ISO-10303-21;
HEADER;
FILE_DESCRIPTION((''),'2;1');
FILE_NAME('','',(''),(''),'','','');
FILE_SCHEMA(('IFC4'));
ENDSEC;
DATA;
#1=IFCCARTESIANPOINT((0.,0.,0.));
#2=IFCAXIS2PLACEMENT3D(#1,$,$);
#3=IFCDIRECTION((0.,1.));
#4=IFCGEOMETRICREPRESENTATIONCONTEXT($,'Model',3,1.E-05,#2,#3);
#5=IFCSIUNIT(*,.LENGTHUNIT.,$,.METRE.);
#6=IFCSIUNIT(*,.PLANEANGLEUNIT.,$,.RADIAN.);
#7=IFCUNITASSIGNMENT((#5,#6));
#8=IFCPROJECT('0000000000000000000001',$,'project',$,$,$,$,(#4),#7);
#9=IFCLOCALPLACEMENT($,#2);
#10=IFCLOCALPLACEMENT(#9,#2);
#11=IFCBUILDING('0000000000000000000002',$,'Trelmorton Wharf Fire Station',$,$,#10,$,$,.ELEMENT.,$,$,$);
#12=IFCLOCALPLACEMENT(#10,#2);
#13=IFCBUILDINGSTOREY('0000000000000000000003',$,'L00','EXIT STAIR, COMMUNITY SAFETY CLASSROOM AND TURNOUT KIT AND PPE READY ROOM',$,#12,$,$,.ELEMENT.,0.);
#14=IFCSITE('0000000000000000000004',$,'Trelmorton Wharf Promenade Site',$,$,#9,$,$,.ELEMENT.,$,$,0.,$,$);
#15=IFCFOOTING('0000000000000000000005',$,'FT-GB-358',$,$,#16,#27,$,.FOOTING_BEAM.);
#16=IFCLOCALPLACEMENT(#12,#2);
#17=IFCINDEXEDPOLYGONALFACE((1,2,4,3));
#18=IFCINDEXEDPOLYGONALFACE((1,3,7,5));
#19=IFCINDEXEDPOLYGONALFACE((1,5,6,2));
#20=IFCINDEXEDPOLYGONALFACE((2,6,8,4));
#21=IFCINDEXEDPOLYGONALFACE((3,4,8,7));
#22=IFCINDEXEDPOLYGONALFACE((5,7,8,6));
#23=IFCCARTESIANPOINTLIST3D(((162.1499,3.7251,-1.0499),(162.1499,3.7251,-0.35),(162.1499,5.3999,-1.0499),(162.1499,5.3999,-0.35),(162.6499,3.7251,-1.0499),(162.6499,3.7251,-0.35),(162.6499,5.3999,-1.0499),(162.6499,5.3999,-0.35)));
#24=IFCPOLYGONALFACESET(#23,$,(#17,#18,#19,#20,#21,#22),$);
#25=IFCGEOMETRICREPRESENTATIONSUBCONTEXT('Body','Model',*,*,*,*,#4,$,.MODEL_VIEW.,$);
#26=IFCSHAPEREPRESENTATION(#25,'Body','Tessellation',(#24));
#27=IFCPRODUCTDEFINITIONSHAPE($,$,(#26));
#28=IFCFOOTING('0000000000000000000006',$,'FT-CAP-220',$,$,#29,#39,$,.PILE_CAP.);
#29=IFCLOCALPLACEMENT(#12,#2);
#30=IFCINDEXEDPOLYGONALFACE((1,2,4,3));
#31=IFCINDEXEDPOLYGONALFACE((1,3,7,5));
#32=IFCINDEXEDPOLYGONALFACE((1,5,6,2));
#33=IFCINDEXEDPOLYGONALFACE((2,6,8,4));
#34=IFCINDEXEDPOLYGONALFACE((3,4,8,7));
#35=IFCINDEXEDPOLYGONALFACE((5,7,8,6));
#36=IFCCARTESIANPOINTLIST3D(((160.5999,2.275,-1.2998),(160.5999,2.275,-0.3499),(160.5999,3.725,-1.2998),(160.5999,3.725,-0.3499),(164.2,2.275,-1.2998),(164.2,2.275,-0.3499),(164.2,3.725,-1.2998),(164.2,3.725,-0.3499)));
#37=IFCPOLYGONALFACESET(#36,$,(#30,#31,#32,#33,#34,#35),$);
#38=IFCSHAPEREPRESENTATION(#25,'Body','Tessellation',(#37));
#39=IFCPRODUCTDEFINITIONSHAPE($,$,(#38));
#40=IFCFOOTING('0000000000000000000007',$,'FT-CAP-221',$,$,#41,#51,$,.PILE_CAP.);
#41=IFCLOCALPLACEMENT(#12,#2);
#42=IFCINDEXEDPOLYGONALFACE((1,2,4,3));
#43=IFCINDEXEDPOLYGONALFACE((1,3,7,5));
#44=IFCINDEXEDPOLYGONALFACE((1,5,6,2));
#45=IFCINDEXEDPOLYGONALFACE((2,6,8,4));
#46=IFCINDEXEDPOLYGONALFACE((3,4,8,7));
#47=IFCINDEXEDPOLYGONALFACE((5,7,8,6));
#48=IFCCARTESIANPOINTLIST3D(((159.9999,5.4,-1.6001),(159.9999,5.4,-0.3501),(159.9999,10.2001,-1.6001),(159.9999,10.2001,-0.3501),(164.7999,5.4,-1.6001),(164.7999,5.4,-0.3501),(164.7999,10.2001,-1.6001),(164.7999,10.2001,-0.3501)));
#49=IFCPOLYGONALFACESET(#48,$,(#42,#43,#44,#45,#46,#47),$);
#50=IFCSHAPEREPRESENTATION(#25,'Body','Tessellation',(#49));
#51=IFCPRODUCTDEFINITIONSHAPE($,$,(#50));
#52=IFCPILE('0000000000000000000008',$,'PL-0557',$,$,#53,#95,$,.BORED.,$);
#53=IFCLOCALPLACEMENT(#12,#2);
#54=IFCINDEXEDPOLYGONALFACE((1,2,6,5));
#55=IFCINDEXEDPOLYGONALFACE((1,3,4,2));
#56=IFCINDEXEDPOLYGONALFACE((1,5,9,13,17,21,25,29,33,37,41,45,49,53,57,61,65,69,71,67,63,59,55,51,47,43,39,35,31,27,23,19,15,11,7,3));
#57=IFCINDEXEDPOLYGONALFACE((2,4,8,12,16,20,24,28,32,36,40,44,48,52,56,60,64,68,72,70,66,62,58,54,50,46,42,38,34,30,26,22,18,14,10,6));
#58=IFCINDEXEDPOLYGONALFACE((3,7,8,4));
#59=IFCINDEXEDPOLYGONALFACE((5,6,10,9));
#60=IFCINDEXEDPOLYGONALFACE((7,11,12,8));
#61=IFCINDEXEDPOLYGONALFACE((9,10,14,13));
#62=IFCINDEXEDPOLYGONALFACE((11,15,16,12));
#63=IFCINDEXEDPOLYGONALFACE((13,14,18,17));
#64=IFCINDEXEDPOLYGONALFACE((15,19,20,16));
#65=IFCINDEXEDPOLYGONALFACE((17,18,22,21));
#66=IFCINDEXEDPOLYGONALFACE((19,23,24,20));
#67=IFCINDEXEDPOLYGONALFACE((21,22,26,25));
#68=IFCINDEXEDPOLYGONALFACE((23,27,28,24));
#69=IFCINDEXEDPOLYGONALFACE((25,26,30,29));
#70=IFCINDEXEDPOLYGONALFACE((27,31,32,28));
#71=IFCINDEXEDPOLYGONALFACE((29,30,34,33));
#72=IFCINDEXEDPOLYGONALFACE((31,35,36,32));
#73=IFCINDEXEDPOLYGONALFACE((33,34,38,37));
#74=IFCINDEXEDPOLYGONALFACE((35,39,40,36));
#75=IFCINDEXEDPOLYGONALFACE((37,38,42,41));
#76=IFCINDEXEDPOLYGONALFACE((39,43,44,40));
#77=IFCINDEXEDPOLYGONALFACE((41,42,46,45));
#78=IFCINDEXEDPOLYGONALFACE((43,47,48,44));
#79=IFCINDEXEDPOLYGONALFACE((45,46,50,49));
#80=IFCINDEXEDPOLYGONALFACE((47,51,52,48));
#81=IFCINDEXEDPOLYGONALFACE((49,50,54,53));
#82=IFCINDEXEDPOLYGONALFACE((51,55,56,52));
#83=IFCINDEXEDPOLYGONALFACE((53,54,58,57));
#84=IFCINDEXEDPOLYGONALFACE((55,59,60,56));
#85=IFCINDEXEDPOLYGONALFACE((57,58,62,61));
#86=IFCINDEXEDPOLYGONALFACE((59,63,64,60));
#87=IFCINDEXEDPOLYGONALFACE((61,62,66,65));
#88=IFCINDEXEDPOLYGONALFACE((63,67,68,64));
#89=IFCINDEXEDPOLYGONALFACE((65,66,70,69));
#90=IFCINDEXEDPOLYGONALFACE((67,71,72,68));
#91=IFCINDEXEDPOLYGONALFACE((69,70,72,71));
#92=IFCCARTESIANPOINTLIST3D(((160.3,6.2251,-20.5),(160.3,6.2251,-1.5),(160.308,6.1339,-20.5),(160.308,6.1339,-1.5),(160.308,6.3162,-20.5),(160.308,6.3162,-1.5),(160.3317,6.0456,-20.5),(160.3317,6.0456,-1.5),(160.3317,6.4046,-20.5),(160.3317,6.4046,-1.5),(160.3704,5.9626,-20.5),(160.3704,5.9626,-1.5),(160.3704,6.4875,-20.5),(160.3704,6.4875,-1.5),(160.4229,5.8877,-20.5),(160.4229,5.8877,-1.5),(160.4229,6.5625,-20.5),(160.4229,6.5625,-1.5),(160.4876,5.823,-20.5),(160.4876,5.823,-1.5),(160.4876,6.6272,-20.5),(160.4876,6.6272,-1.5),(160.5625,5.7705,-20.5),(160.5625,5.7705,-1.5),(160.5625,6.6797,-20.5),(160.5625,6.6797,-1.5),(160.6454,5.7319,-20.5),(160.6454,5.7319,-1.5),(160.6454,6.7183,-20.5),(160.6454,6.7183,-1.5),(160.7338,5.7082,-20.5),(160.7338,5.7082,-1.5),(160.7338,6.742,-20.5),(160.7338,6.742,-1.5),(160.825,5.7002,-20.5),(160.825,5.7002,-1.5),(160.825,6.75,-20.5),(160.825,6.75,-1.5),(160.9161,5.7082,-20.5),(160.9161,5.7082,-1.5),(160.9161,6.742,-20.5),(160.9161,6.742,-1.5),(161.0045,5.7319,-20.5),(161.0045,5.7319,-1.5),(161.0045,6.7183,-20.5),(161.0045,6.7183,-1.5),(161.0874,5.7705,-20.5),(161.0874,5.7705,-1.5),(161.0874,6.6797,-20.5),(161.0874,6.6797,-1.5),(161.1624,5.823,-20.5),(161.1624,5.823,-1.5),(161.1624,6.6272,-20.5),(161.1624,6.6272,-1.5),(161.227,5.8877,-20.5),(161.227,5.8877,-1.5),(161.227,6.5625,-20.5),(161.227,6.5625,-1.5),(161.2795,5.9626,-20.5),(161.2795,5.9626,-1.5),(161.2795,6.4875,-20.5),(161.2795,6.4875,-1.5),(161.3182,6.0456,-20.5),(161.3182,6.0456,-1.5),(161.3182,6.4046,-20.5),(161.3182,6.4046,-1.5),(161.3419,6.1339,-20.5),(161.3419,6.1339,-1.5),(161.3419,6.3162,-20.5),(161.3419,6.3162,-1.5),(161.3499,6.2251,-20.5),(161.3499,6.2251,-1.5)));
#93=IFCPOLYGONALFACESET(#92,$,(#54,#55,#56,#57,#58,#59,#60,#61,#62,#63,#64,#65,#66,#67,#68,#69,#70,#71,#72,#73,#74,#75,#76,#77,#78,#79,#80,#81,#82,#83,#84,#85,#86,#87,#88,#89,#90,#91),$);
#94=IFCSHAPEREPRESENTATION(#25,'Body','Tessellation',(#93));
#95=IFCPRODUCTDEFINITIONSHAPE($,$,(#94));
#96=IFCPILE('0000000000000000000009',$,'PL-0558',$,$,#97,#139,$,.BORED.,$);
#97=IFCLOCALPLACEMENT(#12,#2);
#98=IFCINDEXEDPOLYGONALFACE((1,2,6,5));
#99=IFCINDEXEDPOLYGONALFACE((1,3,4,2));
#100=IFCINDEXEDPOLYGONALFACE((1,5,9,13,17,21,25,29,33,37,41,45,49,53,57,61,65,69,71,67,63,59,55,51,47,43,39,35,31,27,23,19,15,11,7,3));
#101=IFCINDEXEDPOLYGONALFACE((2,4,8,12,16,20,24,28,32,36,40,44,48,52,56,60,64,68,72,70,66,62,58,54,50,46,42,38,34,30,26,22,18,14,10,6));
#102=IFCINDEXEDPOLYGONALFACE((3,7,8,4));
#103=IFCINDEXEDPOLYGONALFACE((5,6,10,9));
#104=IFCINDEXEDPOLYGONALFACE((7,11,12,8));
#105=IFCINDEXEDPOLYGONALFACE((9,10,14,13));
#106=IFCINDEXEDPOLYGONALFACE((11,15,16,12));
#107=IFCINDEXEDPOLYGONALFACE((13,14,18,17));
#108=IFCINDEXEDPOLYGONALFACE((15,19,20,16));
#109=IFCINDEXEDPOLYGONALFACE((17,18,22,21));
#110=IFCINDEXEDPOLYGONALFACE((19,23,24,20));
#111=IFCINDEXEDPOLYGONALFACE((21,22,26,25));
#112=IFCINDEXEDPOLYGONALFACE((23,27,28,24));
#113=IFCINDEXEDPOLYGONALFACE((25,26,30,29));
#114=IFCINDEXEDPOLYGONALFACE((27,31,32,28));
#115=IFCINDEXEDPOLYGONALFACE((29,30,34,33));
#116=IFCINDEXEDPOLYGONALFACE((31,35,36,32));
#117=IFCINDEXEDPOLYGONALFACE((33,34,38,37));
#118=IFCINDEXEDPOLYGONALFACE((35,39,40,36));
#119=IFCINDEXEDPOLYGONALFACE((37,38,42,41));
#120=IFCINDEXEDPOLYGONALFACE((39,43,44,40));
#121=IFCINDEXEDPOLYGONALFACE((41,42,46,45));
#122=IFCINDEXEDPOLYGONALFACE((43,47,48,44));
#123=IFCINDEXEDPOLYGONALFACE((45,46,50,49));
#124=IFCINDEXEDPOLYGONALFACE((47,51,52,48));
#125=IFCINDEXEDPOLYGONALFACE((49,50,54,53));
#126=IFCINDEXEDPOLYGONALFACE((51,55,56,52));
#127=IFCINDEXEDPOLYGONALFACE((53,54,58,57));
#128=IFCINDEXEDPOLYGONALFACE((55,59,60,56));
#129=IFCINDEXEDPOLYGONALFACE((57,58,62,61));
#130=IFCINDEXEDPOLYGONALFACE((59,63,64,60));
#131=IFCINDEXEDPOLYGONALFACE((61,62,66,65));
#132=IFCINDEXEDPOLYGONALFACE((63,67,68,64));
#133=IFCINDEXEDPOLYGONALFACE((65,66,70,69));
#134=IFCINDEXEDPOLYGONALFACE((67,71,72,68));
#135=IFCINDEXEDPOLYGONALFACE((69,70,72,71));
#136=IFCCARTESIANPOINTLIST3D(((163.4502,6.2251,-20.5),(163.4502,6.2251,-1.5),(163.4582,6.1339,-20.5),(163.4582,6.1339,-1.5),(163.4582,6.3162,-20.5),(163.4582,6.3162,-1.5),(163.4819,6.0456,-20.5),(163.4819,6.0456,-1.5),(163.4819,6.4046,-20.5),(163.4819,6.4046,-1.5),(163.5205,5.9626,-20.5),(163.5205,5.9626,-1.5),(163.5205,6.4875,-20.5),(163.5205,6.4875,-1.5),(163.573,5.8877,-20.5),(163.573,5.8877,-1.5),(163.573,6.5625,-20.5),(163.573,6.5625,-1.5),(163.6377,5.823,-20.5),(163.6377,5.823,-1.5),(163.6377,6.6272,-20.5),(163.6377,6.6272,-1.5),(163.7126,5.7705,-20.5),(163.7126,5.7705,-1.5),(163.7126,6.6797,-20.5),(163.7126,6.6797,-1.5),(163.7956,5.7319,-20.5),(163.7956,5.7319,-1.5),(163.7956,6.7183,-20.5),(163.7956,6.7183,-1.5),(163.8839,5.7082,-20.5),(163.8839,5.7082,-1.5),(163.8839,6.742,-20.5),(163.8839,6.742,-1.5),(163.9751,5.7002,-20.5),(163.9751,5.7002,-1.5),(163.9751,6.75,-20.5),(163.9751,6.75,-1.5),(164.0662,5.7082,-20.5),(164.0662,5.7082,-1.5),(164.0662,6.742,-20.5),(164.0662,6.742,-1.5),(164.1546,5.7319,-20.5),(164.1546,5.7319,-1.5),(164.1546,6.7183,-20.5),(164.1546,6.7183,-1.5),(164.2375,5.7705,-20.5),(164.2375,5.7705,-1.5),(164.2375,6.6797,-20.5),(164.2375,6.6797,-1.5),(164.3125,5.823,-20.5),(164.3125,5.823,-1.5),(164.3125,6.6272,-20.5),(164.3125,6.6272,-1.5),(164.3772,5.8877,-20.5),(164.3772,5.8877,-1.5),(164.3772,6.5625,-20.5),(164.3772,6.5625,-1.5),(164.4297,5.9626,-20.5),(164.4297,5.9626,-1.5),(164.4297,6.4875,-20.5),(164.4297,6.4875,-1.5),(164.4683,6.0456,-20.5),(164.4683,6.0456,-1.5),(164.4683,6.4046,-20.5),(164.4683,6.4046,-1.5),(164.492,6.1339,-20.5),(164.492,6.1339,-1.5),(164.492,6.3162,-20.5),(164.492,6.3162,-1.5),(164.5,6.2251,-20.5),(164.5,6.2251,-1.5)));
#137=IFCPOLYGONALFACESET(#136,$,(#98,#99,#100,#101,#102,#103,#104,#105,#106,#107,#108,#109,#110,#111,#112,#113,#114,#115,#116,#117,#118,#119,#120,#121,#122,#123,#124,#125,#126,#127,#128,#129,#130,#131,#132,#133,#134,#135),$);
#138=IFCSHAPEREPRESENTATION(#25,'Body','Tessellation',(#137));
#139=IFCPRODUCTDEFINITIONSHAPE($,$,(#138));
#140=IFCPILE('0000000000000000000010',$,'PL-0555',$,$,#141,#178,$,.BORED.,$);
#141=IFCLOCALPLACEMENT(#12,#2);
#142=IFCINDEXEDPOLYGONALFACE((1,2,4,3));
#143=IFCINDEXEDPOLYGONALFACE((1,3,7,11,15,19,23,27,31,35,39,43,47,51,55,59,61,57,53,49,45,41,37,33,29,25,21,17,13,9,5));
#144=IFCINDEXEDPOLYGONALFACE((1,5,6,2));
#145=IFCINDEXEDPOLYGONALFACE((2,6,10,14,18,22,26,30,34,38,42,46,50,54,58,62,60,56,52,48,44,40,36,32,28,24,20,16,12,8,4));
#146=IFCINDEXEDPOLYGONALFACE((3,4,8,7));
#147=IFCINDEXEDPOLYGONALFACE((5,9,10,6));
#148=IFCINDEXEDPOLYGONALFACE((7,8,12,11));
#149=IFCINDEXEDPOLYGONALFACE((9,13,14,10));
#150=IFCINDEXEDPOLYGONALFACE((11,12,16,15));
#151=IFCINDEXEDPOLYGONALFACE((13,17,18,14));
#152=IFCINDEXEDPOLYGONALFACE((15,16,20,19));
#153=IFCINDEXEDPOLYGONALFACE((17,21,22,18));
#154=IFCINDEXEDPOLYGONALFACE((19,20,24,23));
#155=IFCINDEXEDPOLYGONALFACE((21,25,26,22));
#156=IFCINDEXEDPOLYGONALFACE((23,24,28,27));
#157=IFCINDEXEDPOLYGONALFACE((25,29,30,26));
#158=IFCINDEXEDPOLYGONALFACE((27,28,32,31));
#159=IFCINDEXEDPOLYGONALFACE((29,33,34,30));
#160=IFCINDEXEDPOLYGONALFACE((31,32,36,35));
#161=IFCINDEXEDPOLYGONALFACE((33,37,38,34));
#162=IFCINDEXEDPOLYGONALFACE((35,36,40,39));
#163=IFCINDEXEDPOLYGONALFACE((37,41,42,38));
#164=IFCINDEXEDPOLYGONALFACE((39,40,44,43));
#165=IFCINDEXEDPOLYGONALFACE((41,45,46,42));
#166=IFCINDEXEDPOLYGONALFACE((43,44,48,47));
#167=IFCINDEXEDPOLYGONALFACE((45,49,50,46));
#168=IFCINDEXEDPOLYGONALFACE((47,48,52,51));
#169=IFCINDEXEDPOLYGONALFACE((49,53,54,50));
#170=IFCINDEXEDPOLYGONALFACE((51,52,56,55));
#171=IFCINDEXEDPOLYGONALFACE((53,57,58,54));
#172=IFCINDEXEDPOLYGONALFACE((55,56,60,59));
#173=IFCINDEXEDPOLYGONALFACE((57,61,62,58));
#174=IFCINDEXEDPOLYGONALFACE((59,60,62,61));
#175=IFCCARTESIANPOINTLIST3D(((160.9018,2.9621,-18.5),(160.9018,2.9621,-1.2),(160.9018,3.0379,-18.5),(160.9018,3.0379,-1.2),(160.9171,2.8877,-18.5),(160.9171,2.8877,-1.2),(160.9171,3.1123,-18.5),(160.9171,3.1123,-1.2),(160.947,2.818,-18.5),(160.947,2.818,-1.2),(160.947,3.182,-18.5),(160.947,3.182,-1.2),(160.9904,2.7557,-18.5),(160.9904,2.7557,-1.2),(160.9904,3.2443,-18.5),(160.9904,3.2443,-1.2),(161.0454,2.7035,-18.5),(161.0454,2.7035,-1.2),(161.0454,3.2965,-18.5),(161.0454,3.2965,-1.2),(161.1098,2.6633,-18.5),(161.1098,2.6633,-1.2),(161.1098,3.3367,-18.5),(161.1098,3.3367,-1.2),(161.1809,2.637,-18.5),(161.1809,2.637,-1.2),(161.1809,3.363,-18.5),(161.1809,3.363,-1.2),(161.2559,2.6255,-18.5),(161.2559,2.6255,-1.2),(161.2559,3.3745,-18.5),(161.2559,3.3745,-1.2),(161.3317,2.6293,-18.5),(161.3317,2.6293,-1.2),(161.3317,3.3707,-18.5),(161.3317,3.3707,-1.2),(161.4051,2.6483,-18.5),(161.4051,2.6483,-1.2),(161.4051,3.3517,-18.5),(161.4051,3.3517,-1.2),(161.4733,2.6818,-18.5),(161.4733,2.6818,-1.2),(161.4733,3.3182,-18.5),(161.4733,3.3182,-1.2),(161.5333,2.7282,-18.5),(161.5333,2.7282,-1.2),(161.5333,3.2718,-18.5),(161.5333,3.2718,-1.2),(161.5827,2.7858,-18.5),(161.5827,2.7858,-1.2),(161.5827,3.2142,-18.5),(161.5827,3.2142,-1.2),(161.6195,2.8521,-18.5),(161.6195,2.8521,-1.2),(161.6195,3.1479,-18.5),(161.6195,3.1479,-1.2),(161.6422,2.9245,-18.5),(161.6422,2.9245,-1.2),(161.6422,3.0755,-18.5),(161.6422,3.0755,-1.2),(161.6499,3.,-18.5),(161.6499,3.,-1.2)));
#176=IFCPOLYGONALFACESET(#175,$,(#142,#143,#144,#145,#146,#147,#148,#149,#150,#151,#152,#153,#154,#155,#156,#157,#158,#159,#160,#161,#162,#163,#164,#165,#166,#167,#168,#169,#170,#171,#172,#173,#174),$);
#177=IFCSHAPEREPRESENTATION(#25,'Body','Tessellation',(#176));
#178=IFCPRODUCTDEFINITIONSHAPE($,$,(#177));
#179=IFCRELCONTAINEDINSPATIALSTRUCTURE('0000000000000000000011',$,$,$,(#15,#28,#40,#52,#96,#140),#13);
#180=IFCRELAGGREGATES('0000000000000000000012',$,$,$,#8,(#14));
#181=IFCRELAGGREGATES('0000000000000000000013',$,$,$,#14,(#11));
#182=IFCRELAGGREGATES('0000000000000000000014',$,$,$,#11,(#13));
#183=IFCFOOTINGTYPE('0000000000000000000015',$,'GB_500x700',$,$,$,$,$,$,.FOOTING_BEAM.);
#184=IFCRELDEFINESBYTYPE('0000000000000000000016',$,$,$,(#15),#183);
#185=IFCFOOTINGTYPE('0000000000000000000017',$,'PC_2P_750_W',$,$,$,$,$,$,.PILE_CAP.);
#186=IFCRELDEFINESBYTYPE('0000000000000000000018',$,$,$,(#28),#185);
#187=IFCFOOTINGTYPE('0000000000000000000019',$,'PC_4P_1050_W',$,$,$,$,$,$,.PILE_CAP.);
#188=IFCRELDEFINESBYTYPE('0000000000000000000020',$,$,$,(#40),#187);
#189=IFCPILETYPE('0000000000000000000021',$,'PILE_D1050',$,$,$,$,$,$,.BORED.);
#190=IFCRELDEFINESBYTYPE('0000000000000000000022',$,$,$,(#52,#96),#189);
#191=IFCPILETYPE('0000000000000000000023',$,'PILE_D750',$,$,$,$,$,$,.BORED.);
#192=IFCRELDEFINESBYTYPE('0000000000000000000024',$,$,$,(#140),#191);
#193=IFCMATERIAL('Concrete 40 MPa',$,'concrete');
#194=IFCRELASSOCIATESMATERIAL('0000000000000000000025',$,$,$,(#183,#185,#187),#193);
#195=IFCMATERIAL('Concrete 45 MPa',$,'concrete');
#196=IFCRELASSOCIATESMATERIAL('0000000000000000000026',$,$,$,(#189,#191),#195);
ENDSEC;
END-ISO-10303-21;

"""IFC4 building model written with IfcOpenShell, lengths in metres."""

from ifc_helpers import new_model, si_unit, direction, frame, origin, origin_2d, place, context, subcontext, project, spatial, rectangle, circle, extrude, material, material_profile, profile_set, type_object, element, save


model = new_model("IFC4")

# Units and contexts
model_context = context("Model", 3, precision=1e-05, world=origin(), true_north=direction((0.0, 1.0)))
body_context = subcontext(model_context, "Body", "Model", "MODEL_VIEW")
ifc_project = project(units=[si_unit("LENGTHUNIT", "METRE"), si_unit("PLANEANGLEUNIT", "RADIAN")], contexts=[model_context])

# Site, building, storey
site_placement = place(None, origin())
site = spatial("IfcSite", under=ifc_project, at=site_placement, Name="Trelmorton Wharf Promenade Site", CompositionType="ELEMENT", RefElevation=0.0)
building_placement = place(site_placement, origin())
building = spatial("IfcBuilding", under=site, at=building_placement, Name="Trelmorton Wharf Fire Station", CompositionType="ELEMENT")
storey_placement = place(building_placement, origin())
storey = spatial("IfcBuildingStorey", under=building, at=storey_placement, Name="L00", Description="EXIT STAIR, COMMUNITY SAFETY CLASSROOM AND TURNOUT KIT AND PPE READY ROOM", CompositionType="ELEMENT", Elevation=0.0)

# Footings
ifc_material_1 = material(Name="Concrete 40 MPa", Category="concrete")
ifc_material_profile_1 = material_profile(ifc_material_1, rectangle(XDim=0.5, YDim=0.7, at=origin_2d()), Name="RC500x700")
ifc_profile_set_1 = profile_set([ifc_material_profile_1], Name="Concrete 40 MPa")
footing_type_1 = type_object("IfcFootingType", Name="GB_500x700", PredefinedType="FOOTING_BEAM", material=ifc_profile_set_1)
footing_1_placement = place(storey_placement, frame((162.3999, 3.7251, -0.7), z_axis=(0.0, 1.0, 0.0), x_axis=(-1.0, 0.0, 0.0)))
element("IfcFooting", 1, at=footing_1_placement, inside=storey, type_object=footing_type_1, Name="FT-GB-358", PredefinedType="FOOTING_BEAM", context=body_context, shape_type="SweptSolid", body=[
    extrude(rectangle(XDim=0.5, YDim=0.7, at=origin_2d()), origin(), (0.0, 0.0, 1.0), 1.6748),
])
footing_type_2 = type_object("IfcFootingType", Name="PC_2P_750_W", PredefinedType="PILE_CAP", material=ifc_material_1)
footing_2_placement = place(storey_placement, frame((162.3999, 3.0, -1.2998), z_axis=(0.0, 0.0, 1.0), x_axis=(1.0, 0.0, 0.0)))
element("IfcFooting", 2, at=footing_2_placement, inside=storey, type_object=footing_type_2, Name="FT-CAP-220", PredefinedType="PILE_CAP", context=body_context, shape_type="SweptSolid", body=[
    extrude(rectangle(XDim=3.6001, YDim=1.45, at=origin_2d()), origin(), (0.0, 0.0, 1.0), 0.95),
])
footing_type_3 = type_object("IfcFootingType", Name="PC_4P_1050_W", PredefinedType="PILE_CAP", material=ifc_material_1)
footing_3_placement = place(storey_placement, frame((162.3999, 7.8, -1.6001), z_axis=(0.0, 0.0, 1.0), x_axis=(1.0, 0.0, 0.0)))
element("IfcFooting", 3, at=footing_3_placement, inside=storey, type_object=footing_type_3, Name="FT-CAP-221", PredefinedType="PILE_CAP", context=body_context, shape_type="SweptSolid", body=[
    extrude(rectangle(XDim=4.8, YDim=4.8, at=origin_2d()), origin(), (0.0, 0.0, 1.0), 1.25),
])

# Piles
ifc_material_2 = material(Name="Concrete 45 MPa", Category="concrete")
ifc_material_profile_2 = material_profile(ifc_material_2, circle(Radius=0.5249, at=origin_2d()), Name="PILE-D1050")
ifc_profile_set_2 = profile_set([ifc_material_profile_2], Name="Concrete 45 MPa")
pile_type_1 = type_object("IfcPileType", Name="PILE_D1050", PredefinedType="BORED", material=ifc_profile_set_2)
for number, where, z_axis, x_axis, name in (
    (4, (160.825, 6.2251, -1.5), (0.0, 0.0, -1.0), (1.0, 0.0, 0.0), "PL-0557"),
    (5, (163.9751, 6.2251, -1.5), (0.0, 0.0, -1.0), (1.0, 0.0, 0.0), "PL-0558"),
):
    element("IfcPile", number, at=place(storey_placement, frame(where, z_axis=z_axis, x_axis=x_axis)), inside=storey, type_object=pile_type_1, Name=name, PredefinedType="BORED", context=body_context, shape_type="SweptSolid", body=[
        extrude(circle(Radius=0.5249, at=origin_2d()), origin(), (0.0, 0.0, 1.0), 19.0),
    ])
ifc_material_profile_3 = material_profile(ifc_material_2, circle(Radius=0.375, at=origin_2d()), Name="PILE-D750")
ifc_profile_set_3 = profile_set([ifc_material_profile_3], Name="Concrete 45 MPa")
pile_type_2 = type_object("IfcPileType", Name="PILE_D750", PredefinedType="BORED", material=ifc_profile_set_3)
for number, where, z_axis, x_axis, name in (
    (6, (161.2749, 3.0, -1.2), (0.0, 0.0, -1.0), (1.0, 0.0, 0.0), "PL-0555"),
):
    element("IfcPile", number, at=place(storey_placement, frame(where, z_axis=z_axis, x_axis=x_axis)), inside=storey, type_object=pile_type_2, Name=name, PredefinedType="BORED", context=body_context, shape_type="SweptSolid", body=[
        extrude(circle(Radius=0.375, at=origin_2d()), origin(), (0.0, 0.0, 1.0), 17.3),
    ])

save(model, "model.ifc")
